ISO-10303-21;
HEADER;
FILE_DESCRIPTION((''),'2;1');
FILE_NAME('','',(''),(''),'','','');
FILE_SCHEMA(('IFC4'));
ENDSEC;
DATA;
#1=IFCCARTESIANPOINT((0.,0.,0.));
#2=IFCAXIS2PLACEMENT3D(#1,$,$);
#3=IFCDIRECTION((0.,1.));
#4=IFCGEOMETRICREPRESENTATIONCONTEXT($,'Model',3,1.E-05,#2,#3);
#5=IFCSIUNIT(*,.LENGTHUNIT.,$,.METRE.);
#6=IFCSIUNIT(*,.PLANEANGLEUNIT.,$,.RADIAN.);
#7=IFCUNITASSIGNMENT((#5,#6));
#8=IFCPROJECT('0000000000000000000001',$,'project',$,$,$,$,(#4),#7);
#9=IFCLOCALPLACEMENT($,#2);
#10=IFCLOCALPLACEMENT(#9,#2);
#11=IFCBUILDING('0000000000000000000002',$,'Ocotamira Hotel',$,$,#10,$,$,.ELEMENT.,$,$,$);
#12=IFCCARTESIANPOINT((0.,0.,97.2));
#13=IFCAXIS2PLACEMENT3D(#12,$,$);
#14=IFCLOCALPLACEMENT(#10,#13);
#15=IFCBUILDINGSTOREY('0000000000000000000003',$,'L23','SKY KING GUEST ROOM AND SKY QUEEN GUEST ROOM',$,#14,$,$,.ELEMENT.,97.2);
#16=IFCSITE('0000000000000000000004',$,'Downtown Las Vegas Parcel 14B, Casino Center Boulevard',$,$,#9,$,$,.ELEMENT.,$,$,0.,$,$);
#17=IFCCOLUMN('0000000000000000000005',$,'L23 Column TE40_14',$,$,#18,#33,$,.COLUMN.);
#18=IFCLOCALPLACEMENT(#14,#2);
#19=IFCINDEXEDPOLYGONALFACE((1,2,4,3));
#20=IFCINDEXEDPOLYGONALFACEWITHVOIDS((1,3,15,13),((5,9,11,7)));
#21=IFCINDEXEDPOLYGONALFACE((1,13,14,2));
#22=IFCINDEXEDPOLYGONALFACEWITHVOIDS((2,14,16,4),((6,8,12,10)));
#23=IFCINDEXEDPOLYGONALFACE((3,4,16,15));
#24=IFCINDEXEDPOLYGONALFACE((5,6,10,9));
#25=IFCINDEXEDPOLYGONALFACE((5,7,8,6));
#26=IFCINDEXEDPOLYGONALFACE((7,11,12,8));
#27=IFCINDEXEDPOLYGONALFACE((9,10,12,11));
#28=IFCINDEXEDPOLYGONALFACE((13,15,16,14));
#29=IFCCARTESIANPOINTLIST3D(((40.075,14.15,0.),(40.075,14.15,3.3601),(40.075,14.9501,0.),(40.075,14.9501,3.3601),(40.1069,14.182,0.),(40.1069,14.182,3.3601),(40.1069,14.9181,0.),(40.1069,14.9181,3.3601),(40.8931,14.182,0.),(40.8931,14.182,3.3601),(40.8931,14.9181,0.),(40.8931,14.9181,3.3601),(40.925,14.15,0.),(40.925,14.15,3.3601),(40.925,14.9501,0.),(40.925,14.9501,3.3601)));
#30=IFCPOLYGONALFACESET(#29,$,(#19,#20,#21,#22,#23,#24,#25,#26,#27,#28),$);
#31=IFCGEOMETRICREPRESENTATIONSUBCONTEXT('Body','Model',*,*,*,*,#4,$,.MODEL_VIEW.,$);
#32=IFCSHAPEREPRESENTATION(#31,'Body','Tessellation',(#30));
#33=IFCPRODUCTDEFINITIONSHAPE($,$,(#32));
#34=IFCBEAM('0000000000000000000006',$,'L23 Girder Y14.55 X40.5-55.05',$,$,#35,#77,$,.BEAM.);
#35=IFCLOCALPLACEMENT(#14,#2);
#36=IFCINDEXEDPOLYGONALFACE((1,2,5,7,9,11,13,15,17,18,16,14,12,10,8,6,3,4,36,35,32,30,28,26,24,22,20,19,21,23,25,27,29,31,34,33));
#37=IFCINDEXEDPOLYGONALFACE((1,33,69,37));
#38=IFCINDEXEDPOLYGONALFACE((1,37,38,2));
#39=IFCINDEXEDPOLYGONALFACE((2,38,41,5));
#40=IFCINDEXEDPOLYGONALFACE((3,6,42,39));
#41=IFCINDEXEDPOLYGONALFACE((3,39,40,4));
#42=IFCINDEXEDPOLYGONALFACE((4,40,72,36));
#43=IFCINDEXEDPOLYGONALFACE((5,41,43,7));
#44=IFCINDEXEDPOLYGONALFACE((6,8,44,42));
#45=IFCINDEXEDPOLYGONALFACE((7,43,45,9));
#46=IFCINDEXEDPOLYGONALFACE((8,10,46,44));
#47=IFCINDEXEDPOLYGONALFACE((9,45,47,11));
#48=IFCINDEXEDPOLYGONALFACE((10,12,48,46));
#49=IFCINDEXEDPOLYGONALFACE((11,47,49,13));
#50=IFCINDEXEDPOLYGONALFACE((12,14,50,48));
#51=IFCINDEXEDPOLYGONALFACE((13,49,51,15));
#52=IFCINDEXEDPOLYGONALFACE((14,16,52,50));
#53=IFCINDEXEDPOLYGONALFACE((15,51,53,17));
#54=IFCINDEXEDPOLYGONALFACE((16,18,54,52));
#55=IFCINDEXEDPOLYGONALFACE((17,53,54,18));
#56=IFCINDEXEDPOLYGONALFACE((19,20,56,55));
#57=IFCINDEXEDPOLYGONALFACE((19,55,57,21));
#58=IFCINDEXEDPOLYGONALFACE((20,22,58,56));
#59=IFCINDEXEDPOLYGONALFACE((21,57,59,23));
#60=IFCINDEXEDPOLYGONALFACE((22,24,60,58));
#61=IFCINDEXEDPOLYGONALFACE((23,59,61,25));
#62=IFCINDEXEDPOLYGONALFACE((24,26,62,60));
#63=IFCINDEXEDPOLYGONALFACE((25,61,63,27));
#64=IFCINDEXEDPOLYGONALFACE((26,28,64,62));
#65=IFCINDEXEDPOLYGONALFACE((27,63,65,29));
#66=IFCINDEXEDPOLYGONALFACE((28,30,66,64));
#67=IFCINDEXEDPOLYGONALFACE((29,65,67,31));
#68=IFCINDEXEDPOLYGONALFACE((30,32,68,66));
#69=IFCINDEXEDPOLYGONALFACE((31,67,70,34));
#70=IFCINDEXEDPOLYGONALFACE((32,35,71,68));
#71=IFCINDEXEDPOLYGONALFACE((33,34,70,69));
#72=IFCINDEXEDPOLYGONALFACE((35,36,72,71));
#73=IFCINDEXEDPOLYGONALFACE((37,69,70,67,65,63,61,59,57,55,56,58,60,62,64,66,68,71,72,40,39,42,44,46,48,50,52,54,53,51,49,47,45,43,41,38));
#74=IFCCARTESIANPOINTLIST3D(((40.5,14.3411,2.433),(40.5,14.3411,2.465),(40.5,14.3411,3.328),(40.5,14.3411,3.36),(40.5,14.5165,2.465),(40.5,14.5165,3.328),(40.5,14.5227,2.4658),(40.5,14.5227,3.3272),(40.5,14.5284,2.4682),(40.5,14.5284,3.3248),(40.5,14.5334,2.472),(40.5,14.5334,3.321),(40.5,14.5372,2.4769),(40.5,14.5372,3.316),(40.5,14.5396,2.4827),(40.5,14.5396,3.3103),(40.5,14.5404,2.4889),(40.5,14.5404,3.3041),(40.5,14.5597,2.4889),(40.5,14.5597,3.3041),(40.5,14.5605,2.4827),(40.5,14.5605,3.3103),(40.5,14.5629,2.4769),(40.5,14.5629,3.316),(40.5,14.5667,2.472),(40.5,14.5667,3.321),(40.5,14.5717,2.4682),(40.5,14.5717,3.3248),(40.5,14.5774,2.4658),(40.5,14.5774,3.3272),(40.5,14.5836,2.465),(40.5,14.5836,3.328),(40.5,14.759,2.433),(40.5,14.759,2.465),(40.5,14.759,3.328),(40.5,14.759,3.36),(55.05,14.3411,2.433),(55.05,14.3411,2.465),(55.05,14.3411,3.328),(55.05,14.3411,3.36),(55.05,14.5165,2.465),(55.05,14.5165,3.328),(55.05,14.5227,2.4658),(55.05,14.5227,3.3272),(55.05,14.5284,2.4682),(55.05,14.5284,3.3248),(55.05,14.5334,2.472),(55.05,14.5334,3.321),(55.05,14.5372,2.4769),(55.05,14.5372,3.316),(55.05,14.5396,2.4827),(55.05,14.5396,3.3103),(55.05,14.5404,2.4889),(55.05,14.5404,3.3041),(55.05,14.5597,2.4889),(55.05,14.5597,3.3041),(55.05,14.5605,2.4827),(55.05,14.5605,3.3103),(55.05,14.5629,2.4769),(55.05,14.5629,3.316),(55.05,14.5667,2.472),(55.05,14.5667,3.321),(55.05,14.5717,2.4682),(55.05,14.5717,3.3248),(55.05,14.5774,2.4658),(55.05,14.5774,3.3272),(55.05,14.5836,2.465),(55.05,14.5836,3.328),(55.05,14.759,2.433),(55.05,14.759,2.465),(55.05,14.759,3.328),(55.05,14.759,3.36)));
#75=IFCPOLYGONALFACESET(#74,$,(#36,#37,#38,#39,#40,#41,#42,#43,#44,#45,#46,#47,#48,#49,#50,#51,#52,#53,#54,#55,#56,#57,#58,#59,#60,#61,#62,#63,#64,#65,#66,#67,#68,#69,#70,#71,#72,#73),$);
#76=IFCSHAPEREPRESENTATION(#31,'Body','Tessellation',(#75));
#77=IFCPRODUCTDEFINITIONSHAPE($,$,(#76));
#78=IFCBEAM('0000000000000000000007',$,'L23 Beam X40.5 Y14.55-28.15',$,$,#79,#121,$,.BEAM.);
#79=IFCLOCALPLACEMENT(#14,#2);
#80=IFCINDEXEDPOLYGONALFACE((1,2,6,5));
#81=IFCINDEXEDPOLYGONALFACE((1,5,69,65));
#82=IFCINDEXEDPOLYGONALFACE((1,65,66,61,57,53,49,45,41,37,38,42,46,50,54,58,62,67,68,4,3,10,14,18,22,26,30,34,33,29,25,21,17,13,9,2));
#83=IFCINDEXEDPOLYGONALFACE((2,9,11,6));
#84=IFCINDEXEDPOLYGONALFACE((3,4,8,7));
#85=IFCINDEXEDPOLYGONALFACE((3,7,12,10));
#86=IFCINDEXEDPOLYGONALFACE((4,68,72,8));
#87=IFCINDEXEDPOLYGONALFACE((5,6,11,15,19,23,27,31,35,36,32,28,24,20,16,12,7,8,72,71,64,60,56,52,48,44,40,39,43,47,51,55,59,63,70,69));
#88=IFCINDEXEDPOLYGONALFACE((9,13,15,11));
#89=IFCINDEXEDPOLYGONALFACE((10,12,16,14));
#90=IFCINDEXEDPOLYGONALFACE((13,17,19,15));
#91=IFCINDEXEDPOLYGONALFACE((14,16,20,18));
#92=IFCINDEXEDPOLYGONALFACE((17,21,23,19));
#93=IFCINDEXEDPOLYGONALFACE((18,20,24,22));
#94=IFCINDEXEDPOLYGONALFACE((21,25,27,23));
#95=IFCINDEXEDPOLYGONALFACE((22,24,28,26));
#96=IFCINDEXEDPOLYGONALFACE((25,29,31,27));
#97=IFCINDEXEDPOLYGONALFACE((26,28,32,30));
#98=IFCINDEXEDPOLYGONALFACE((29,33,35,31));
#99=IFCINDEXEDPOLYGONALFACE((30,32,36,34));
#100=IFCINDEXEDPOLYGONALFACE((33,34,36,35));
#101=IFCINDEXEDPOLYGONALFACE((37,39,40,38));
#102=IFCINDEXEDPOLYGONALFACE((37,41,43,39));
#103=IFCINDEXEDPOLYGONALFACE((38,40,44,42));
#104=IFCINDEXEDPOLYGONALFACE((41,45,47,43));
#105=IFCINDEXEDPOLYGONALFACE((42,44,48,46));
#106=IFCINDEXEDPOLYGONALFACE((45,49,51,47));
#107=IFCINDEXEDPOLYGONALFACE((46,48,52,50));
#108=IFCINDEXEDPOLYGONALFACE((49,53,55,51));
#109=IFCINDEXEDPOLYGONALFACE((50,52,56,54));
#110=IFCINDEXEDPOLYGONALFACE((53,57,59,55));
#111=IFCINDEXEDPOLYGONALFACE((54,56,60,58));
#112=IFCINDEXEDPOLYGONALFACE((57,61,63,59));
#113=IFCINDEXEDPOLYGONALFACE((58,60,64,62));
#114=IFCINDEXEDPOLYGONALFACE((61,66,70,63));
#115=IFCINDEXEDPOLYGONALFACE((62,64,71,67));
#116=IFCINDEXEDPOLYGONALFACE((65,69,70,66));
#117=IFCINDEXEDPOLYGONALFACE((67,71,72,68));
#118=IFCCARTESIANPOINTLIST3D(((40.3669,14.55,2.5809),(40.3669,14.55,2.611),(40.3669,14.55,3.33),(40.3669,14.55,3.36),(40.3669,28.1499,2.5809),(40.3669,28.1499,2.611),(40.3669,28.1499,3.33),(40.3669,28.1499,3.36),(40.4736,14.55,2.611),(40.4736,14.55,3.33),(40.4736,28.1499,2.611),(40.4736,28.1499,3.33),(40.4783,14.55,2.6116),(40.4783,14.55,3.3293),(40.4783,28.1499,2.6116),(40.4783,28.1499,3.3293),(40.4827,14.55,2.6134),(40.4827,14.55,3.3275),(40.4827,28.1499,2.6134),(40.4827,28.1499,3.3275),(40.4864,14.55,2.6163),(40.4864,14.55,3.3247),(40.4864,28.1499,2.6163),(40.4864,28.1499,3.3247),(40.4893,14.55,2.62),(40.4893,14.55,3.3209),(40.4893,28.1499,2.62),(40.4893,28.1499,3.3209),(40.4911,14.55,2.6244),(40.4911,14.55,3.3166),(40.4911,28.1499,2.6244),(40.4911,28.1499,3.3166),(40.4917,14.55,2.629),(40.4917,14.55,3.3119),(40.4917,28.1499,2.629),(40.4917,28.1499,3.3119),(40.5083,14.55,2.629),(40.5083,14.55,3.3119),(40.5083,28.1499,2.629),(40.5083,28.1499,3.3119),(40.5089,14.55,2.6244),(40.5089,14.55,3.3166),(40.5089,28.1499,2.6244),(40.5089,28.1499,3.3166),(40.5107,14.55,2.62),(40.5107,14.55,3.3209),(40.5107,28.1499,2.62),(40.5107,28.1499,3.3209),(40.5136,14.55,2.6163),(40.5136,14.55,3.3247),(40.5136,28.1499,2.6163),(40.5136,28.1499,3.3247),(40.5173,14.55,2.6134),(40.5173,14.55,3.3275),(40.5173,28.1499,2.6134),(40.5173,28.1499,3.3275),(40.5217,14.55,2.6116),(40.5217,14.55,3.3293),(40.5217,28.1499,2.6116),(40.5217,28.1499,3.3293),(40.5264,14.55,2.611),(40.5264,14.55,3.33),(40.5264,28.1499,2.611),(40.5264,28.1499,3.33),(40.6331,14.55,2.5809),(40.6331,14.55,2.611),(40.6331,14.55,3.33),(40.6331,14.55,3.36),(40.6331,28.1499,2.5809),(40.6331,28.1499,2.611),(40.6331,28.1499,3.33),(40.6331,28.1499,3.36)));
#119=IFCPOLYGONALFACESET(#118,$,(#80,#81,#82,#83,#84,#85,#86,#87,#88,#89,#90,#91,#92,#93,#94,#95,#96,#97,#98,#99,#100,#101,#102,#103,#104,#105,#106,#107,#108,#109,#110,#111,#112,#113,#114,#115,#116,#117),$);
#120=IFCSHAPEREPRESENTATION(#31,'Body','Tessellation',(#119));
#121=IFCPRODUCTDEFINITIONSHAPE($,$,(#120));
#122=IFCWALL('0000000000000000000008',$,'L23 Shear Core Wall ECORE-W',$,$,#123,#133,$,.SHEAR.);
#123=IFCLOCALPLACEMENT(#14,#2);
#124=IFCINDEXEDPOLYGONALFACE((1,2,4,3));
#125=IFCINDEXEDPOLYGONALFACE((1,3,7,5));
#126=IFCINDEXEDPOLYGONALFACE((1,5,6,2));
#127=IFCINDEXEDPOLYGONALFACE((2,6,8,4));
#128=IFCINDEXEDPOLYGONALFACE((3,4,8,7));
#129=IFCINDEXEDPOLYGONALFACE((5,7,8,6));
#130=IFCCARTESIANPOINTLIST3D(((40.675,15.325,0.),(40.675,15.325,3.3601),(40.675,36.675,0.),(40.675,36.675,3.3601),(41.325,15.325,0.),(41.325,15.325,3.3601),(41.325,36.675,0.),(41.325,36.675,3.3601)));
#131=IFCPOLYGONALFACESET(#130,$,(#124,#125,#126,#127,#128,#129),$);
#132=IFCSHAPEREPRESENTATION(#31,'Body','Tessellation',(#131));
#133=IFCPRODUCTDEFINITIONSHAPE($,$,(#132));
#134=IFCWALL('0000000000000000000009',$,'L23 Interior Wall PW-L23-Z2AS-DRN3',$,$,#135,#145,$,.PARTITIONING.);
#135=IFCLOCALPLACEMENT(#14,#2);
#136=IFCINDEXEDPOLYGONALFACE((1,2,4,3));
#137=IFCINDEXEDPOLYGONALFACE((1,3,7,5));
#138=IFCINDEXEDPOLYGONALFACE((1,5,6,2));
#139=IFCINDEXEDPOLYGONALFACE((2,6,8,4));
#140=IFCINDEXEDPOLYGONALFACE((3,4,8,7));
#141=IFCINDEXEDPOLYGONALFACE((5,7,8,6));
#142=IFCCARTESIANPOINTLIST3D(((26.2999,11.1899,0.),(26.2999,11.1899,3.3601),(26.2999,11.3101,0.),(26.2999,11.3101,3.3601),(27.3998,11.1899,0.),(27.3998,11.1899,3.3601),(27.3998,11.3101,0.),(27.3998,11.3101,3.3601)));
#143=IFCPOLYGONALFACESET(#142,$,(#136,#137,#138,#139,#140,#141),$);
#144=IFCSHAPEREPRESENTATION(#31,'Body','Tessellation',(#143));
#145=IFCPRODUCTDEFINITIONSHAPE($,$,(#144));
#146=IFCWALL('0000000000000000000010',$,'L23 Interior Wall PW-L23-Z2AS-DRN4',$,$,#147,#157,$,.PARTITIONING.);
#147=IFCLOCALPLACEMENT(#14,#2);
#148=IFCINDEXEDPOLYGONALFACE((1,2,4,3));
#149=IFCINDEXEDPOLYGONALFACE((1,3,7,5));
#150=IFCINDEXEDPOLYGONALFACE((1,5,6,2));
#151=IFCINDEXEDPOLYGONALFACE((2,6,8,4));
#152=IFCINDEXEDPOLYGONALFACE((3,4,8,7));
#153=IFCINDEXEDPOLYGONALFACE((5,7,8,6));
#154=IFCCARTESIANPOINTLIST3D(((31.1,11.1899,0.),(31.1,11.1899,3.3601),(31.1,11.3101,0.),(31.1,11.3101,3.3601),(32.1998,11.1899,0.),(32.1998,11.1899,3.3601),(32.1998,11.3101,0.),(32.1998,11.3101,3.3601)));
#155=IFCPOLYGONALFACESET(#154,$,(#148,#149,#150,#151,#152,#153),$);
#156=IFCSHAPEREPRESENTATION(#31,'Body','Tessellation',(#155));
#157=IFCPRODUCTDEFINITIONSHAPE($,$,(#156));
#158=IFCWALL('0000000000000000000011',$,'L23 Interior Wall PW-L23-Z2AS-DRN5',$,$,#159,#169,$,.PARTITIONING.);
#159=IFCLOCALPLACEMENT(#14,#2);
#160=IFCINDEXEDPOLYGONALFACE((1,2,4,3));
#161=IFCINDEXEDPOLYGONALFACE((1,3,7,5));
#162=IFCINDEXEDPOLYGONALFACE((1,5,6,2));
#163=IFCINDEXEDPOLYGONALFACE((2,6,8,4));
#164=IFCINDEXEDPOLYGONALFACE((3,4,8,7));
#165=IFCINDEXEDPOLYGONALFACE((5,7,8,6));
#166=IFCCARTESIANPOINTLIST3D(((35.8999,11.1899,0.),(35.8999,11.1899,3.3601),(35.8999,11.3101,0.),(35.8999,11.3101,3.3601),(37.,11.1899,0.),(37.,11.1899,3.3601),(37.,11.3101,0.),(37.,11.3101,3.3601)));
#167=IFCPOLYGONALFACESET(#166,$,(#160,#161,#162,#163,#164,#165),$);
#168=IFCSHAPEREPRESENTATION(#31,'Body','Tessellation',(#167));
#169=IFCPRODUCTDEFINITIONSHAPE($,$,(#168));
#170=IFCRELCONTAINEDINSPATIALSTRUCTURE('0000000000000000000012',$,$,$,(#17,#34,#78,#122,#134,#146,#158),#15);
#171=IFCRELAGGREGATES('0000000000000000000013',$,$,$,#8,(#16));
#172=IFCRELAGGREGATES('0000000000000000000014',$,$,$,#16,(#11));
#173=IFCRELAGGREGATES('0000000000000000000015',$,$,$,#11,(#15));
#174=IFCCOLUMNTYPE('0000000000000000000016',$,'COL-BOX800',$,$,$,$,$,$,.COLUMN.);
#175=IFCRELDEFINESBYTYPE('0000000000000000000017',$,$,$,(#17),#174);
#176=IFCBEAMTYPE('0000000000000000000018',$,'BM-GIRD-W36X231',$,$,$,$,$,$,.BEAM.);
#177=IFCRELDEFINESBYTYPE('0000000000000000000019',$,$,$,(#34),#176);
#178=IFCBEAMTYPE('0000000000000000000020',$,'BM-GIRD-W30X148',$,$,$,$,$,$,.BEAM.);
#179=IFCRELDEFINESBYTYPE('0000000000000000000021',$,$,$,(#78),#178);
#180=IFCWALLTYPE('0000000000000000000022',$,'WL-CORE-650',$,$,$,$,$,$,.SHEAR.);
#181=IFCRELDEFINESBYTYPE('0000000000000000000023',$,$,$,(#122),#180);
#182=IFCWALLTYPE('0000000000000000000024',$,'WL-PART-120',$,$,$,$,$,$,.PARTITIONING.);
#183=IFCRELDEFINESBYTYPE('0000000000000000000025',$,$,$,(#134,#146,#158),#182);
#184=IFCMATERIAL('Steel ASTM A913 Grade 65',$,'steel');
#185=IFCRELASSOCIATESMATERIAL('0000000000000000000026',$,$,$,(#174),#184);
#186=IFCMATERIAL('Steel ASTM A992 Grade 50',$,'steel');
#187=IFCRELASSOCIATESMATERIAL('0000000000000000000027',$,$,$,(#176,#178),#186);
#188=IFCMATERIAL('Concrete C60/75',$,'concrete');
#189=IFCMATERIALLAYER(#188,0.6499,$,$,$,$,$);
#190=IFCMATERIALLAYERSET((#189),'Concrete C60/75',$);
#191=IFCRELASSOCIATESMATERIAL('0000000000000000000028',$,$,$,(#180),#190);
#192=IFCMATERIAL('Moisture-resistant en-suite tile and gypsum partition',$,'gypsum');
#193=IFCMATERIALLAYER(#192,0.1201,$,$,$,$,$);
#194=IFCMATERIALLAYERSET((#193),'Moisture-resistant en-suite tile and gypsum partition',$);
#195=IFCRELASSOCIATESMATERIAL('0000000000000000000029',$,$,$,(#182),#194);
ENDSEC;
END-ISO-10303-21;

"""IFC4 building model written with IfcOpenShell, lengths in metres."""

from ifc_helpers import new_model, si_unit, direction, frame, frame_2d, origin, origin_2d, place, context, subcontext, project, spatial, rectangle, hollow_rectangle, i_section, extrude, source, transform, mapped, material, layer, layer_set, material_profile, profile_set, type_object, element, save


model = new_model("IFC4")

# Units and contexts
model_context = context("Model", 3, precision=1e-05, world=origin(), true_north=direction((0.0, 1.0)))
body_context = subcontext(model_context, "Body", "Model", "MODEL_VIEW")
ifc_project = project(units=[si_unit("LENGTHUNIT", "METRE"), si_unit("PLANEANGLEUNIT", "RADIAN")], contexts=[model_context])

# Site, building, storey
site_placement = place(None, origin())
site = spatial("IfcSite", under=ifc_project, at=site_placement, Name="Downtown Las Vegas Parcel 14B, Casino Center Boulevard", CompositionType="ELEMENT", RefElevation=0.0)
building_placement = place(site_placement, origin())
building = spatial("IfcBuilding", under=site, at=building_placement, Name="Ocotamira Hotel", CompositionType="ELEMENT")
storey_placement = place(building_placement, frame((0.0, 0.0, 97.2)))
storey = spatial("IfcBuildingStorey", under=building, at=storey_placement, Name="L23", Description="SKY KING GUEST ROOM AND SKY QUEEN GUEST ROOM", CompositionType="ELEMENT", Elevation=97.2)

# Column
ifc_material_1 = material(Name="Steel ASTM A913 Grade 65", Category="steel")
ifc_material_profile_1 = material_profile(ifc_material_1, hollow_rectangle(XDim=0.8501, YDim=0.8, WallThickness=0.032, at=origin_2d()), Name="BOX800X850X32")
ifc_profile_set_1 = profile_set([ifc_material_profile_1], Name="Steel ASTM A913 Grade 65")
column_type = type_object("IfcColumnType", Name="COL-BOX800", PredefinedType="COLUMN", material=ifc_profile_set_1)
shared_shape_1 = source(origin(), body_context, "Body", "SweptSolid", [
    extrude(hollow_rectangle(XDim=0.8501, YDim=0.8, WallThickness=0.032, at=origin_2d()), origin(), (0.0, 0.0, 1.0), 3.3601),
])
column_placement = place(storey_placement, frame((40.5, 14.55, 0.0), z_axis=(0.0, 0.0, 1.0), x_axis=(1.0, 0.0, 0.0)))
element("IfcColumn", 1, at=column_placement, inside=storey, type_object=column_type, Name="L23 Column TE40_14", PredefinedType="COLUMN", context=body_context, shape_type="MappedRepresentation", body=[
    mapped(shared_shape_1, transform((0.0, 0.0, 0.0), scale=1.0)),
])

# Beams
ifc_material_2 = material(Name="Steel ASTM A992 Grade 50", Category="steel")
ifc_material_profile_2 = material_profile(ifc_material_2, i_section(OverallWidth=0.418, OverallDepth=0.927, WebThickness=0.0193, FlangeThickness=0.032, FilletRadius=0.0239, at=origin_2d()), Name="W36X231")
ifc_profile_set_2 = profile_set([ifc_material_profile_2], Name="Steel ASTM A992 Grade 50")
beam_type_1 = type_object("IfcBeamType", Name="BM-GIRD-W36X231", PredefinedType="BEAM", material=ifc_profile_set_2)
shared_shape_2 = source(origin(), body_context, "Body", "SweptSolid", [
    extrude(i_section(OverallWidth=0.418, OverallDepth=0.927, WebThickness=0.0193, FlangeThickness=0.032, FilletRadius=0.0239, at=origin_2d()), origin(), (0.0, 0.0, 1.0), 14.55),
])
beam_1_placement = place(storey_placement, frame((40.5, 14.55, 2.8965), z_axis=(1.0, 0.0, 0.0), x_axis=(0.0, 1.0, 0.0)))
element("IfcBeam", 2, at=beam_1_placement, inside=storey, type_object=beam_type_1, Name="L23 Girder Y14.55 X40.5-55.05", PredefinedType="BEAM", context=body_context, shape_type="MappedRepresentation", body=[
    mapped(shared_shape_2, transform((0.0, 0.0, 0.0), scale=1.0)),
])
ifc_material_profile_3 = material_profile(ifc_material_2, i_section(OverallWidth=0.2661, OverallDepth=0.7791, WebThickness=0.0166, FlangeThickness=0.03, FilletRadius=0.0181, at=origin_2d()), Name="W30X148")
ifc_profile_set_3 = profile_set([ifc_material_profile_3], Name="Steel ASTM A992 Grade 50")
beam_type_2 = type_object("IfcBeamType", Name="BM-GIRD-W30X148", PredefinedType="BEAM", material=ifc_profile_set_3)
shared_shape_3 = source(origin(), body_context, "Body", "SweptSolid", [
    extrude(i_section(OverallWidth=0.2661, OverallDepth=0.7791, WebThickness=0.0166, FlangeThickness=0.03, FilletRadius=0.0181, at=origin_2d()), origin(), (0.0, 0.0, 1.0), 13.5999),
])
beam_2_placement = place(storey_placement, frame((40.5, 14.55, 2.9705), z_axis=(0.0, 1.0, 0.0), x_axis=(-1.0, 0.0, 0.0)))
element("IfcBeam", 3, at=beam_2_placement, inside=storey, type_object=beam_type_2, Name="L23 Beam X40.5 Y14.55-28.15", PredefinedType="BEAM", context=body_context, shape_type="MappedRepresentation", body=[
    mapped(shared_shape_3, transform((0.0, 0.0, 0.0), scale=1.0)),
])

# Shared definitions
ifc_material_3 = material(Name="Concrete C60/75", Category="concrete")
ifc_layer_1 = layer(ifc_material_3, 0.6499)
ifc_layer_set_1 = layer_set([ifc_layer_1], Name="Concrete C60/75")
wall_type_1 = type_object("IfcWallType", Name="WL-CORE-650", PredefinedType="SHEAR", material=ifc_layer_set_1)

# Walls
wall_1_placement = place(storey_placement, frame((41.0, 15.325, 0.0), z_axis=(0.0, 0.0, 1.0), x_axis=(0.0, 1.0, 0.0)))
element("IfcWall", 4, at=wall_1_placement, inside=storey, type_object=wall_type_1, Name="L23 Shear Core Wall ECORE-W", PredefinedType="SHEAR", context=body_context, shape_type="SweptSolid", body=[
    extrude(rectangle(XDim=21.3501, YDim=0.6499, at=frame_2d((10.675, 0.0))), origin(), (0.0, 0.0, 1.0), 3.3601),
])
ifc_material_4 = material(Name="Moisture-resistant en-suite tile and gypsum partition", Category="gypsum")
ifc_layer_2 = layer(ifc_material_4, 0.1201)
ifc_layer_set_2 = layer_set([ifc_layer_2], Name="Moisture-resistant en-suite tile and gypsum partition")
wall_type_2 = type_object("IfcWallType", Name="WL-PART-120", PredefinedType="PARTITIONING", material=ifc_layer_set_2)
for number, where, z_axis, x_axis, name in (
    (5, (26.3, 11.25, 0.0), (0.0, 0.0, 1.0), (1.0, 0.0, 0.0), "L23 Interior Wall PW-L23-Z2AS-DRN3"),
    (6, (31.1001, 11.25, 0.0), (0.0, 0.0, 1.0), (1.0, 0.0, 0.0), "L23 Interior Wall PW-L23-Z2AS-DRN4"),
):
    element("IfcWall", number, at=place(storey_placement, frame(where, z_axis=z_axis, x_axis=x_axis)), inside=storey, type_object=wall_type_2, Name=name, PredefinedType="PARTITIONING", context=body_context, shape_type="SweptSolid", body=[
        extrude(rectangle(XDim=1.0999, YDim=0.1201, at=frame_2d((0.5498, 0.0))), origin(), (0.0, 0.0, 1.0), 3.3601),
    ])
wall_2_placement = place(storey_placement, frame((35.8999, 11.25, 0.0), z_axis=(0.0, 0.0, 1.0), x_axis=(1.0, 0.0, 0.0)))
element("IfcWall", 7, at=wall_2_placement, inside=storey, type_object=wall_type_2, Name="L23 Interior Wall PW-L23-Z2AS-DRN5", PredefinedType="PARTITIONING", context=body_context, shape_type="SweptSolid", body=[
    extrude(rectangle(XDim=1.1001, YDim=0.1201, at=frame_2d((0.55, 0.0))), origin(), (0.0, 0.0, 1.0), 3.3601),
])

save(model, "model.ifc")
